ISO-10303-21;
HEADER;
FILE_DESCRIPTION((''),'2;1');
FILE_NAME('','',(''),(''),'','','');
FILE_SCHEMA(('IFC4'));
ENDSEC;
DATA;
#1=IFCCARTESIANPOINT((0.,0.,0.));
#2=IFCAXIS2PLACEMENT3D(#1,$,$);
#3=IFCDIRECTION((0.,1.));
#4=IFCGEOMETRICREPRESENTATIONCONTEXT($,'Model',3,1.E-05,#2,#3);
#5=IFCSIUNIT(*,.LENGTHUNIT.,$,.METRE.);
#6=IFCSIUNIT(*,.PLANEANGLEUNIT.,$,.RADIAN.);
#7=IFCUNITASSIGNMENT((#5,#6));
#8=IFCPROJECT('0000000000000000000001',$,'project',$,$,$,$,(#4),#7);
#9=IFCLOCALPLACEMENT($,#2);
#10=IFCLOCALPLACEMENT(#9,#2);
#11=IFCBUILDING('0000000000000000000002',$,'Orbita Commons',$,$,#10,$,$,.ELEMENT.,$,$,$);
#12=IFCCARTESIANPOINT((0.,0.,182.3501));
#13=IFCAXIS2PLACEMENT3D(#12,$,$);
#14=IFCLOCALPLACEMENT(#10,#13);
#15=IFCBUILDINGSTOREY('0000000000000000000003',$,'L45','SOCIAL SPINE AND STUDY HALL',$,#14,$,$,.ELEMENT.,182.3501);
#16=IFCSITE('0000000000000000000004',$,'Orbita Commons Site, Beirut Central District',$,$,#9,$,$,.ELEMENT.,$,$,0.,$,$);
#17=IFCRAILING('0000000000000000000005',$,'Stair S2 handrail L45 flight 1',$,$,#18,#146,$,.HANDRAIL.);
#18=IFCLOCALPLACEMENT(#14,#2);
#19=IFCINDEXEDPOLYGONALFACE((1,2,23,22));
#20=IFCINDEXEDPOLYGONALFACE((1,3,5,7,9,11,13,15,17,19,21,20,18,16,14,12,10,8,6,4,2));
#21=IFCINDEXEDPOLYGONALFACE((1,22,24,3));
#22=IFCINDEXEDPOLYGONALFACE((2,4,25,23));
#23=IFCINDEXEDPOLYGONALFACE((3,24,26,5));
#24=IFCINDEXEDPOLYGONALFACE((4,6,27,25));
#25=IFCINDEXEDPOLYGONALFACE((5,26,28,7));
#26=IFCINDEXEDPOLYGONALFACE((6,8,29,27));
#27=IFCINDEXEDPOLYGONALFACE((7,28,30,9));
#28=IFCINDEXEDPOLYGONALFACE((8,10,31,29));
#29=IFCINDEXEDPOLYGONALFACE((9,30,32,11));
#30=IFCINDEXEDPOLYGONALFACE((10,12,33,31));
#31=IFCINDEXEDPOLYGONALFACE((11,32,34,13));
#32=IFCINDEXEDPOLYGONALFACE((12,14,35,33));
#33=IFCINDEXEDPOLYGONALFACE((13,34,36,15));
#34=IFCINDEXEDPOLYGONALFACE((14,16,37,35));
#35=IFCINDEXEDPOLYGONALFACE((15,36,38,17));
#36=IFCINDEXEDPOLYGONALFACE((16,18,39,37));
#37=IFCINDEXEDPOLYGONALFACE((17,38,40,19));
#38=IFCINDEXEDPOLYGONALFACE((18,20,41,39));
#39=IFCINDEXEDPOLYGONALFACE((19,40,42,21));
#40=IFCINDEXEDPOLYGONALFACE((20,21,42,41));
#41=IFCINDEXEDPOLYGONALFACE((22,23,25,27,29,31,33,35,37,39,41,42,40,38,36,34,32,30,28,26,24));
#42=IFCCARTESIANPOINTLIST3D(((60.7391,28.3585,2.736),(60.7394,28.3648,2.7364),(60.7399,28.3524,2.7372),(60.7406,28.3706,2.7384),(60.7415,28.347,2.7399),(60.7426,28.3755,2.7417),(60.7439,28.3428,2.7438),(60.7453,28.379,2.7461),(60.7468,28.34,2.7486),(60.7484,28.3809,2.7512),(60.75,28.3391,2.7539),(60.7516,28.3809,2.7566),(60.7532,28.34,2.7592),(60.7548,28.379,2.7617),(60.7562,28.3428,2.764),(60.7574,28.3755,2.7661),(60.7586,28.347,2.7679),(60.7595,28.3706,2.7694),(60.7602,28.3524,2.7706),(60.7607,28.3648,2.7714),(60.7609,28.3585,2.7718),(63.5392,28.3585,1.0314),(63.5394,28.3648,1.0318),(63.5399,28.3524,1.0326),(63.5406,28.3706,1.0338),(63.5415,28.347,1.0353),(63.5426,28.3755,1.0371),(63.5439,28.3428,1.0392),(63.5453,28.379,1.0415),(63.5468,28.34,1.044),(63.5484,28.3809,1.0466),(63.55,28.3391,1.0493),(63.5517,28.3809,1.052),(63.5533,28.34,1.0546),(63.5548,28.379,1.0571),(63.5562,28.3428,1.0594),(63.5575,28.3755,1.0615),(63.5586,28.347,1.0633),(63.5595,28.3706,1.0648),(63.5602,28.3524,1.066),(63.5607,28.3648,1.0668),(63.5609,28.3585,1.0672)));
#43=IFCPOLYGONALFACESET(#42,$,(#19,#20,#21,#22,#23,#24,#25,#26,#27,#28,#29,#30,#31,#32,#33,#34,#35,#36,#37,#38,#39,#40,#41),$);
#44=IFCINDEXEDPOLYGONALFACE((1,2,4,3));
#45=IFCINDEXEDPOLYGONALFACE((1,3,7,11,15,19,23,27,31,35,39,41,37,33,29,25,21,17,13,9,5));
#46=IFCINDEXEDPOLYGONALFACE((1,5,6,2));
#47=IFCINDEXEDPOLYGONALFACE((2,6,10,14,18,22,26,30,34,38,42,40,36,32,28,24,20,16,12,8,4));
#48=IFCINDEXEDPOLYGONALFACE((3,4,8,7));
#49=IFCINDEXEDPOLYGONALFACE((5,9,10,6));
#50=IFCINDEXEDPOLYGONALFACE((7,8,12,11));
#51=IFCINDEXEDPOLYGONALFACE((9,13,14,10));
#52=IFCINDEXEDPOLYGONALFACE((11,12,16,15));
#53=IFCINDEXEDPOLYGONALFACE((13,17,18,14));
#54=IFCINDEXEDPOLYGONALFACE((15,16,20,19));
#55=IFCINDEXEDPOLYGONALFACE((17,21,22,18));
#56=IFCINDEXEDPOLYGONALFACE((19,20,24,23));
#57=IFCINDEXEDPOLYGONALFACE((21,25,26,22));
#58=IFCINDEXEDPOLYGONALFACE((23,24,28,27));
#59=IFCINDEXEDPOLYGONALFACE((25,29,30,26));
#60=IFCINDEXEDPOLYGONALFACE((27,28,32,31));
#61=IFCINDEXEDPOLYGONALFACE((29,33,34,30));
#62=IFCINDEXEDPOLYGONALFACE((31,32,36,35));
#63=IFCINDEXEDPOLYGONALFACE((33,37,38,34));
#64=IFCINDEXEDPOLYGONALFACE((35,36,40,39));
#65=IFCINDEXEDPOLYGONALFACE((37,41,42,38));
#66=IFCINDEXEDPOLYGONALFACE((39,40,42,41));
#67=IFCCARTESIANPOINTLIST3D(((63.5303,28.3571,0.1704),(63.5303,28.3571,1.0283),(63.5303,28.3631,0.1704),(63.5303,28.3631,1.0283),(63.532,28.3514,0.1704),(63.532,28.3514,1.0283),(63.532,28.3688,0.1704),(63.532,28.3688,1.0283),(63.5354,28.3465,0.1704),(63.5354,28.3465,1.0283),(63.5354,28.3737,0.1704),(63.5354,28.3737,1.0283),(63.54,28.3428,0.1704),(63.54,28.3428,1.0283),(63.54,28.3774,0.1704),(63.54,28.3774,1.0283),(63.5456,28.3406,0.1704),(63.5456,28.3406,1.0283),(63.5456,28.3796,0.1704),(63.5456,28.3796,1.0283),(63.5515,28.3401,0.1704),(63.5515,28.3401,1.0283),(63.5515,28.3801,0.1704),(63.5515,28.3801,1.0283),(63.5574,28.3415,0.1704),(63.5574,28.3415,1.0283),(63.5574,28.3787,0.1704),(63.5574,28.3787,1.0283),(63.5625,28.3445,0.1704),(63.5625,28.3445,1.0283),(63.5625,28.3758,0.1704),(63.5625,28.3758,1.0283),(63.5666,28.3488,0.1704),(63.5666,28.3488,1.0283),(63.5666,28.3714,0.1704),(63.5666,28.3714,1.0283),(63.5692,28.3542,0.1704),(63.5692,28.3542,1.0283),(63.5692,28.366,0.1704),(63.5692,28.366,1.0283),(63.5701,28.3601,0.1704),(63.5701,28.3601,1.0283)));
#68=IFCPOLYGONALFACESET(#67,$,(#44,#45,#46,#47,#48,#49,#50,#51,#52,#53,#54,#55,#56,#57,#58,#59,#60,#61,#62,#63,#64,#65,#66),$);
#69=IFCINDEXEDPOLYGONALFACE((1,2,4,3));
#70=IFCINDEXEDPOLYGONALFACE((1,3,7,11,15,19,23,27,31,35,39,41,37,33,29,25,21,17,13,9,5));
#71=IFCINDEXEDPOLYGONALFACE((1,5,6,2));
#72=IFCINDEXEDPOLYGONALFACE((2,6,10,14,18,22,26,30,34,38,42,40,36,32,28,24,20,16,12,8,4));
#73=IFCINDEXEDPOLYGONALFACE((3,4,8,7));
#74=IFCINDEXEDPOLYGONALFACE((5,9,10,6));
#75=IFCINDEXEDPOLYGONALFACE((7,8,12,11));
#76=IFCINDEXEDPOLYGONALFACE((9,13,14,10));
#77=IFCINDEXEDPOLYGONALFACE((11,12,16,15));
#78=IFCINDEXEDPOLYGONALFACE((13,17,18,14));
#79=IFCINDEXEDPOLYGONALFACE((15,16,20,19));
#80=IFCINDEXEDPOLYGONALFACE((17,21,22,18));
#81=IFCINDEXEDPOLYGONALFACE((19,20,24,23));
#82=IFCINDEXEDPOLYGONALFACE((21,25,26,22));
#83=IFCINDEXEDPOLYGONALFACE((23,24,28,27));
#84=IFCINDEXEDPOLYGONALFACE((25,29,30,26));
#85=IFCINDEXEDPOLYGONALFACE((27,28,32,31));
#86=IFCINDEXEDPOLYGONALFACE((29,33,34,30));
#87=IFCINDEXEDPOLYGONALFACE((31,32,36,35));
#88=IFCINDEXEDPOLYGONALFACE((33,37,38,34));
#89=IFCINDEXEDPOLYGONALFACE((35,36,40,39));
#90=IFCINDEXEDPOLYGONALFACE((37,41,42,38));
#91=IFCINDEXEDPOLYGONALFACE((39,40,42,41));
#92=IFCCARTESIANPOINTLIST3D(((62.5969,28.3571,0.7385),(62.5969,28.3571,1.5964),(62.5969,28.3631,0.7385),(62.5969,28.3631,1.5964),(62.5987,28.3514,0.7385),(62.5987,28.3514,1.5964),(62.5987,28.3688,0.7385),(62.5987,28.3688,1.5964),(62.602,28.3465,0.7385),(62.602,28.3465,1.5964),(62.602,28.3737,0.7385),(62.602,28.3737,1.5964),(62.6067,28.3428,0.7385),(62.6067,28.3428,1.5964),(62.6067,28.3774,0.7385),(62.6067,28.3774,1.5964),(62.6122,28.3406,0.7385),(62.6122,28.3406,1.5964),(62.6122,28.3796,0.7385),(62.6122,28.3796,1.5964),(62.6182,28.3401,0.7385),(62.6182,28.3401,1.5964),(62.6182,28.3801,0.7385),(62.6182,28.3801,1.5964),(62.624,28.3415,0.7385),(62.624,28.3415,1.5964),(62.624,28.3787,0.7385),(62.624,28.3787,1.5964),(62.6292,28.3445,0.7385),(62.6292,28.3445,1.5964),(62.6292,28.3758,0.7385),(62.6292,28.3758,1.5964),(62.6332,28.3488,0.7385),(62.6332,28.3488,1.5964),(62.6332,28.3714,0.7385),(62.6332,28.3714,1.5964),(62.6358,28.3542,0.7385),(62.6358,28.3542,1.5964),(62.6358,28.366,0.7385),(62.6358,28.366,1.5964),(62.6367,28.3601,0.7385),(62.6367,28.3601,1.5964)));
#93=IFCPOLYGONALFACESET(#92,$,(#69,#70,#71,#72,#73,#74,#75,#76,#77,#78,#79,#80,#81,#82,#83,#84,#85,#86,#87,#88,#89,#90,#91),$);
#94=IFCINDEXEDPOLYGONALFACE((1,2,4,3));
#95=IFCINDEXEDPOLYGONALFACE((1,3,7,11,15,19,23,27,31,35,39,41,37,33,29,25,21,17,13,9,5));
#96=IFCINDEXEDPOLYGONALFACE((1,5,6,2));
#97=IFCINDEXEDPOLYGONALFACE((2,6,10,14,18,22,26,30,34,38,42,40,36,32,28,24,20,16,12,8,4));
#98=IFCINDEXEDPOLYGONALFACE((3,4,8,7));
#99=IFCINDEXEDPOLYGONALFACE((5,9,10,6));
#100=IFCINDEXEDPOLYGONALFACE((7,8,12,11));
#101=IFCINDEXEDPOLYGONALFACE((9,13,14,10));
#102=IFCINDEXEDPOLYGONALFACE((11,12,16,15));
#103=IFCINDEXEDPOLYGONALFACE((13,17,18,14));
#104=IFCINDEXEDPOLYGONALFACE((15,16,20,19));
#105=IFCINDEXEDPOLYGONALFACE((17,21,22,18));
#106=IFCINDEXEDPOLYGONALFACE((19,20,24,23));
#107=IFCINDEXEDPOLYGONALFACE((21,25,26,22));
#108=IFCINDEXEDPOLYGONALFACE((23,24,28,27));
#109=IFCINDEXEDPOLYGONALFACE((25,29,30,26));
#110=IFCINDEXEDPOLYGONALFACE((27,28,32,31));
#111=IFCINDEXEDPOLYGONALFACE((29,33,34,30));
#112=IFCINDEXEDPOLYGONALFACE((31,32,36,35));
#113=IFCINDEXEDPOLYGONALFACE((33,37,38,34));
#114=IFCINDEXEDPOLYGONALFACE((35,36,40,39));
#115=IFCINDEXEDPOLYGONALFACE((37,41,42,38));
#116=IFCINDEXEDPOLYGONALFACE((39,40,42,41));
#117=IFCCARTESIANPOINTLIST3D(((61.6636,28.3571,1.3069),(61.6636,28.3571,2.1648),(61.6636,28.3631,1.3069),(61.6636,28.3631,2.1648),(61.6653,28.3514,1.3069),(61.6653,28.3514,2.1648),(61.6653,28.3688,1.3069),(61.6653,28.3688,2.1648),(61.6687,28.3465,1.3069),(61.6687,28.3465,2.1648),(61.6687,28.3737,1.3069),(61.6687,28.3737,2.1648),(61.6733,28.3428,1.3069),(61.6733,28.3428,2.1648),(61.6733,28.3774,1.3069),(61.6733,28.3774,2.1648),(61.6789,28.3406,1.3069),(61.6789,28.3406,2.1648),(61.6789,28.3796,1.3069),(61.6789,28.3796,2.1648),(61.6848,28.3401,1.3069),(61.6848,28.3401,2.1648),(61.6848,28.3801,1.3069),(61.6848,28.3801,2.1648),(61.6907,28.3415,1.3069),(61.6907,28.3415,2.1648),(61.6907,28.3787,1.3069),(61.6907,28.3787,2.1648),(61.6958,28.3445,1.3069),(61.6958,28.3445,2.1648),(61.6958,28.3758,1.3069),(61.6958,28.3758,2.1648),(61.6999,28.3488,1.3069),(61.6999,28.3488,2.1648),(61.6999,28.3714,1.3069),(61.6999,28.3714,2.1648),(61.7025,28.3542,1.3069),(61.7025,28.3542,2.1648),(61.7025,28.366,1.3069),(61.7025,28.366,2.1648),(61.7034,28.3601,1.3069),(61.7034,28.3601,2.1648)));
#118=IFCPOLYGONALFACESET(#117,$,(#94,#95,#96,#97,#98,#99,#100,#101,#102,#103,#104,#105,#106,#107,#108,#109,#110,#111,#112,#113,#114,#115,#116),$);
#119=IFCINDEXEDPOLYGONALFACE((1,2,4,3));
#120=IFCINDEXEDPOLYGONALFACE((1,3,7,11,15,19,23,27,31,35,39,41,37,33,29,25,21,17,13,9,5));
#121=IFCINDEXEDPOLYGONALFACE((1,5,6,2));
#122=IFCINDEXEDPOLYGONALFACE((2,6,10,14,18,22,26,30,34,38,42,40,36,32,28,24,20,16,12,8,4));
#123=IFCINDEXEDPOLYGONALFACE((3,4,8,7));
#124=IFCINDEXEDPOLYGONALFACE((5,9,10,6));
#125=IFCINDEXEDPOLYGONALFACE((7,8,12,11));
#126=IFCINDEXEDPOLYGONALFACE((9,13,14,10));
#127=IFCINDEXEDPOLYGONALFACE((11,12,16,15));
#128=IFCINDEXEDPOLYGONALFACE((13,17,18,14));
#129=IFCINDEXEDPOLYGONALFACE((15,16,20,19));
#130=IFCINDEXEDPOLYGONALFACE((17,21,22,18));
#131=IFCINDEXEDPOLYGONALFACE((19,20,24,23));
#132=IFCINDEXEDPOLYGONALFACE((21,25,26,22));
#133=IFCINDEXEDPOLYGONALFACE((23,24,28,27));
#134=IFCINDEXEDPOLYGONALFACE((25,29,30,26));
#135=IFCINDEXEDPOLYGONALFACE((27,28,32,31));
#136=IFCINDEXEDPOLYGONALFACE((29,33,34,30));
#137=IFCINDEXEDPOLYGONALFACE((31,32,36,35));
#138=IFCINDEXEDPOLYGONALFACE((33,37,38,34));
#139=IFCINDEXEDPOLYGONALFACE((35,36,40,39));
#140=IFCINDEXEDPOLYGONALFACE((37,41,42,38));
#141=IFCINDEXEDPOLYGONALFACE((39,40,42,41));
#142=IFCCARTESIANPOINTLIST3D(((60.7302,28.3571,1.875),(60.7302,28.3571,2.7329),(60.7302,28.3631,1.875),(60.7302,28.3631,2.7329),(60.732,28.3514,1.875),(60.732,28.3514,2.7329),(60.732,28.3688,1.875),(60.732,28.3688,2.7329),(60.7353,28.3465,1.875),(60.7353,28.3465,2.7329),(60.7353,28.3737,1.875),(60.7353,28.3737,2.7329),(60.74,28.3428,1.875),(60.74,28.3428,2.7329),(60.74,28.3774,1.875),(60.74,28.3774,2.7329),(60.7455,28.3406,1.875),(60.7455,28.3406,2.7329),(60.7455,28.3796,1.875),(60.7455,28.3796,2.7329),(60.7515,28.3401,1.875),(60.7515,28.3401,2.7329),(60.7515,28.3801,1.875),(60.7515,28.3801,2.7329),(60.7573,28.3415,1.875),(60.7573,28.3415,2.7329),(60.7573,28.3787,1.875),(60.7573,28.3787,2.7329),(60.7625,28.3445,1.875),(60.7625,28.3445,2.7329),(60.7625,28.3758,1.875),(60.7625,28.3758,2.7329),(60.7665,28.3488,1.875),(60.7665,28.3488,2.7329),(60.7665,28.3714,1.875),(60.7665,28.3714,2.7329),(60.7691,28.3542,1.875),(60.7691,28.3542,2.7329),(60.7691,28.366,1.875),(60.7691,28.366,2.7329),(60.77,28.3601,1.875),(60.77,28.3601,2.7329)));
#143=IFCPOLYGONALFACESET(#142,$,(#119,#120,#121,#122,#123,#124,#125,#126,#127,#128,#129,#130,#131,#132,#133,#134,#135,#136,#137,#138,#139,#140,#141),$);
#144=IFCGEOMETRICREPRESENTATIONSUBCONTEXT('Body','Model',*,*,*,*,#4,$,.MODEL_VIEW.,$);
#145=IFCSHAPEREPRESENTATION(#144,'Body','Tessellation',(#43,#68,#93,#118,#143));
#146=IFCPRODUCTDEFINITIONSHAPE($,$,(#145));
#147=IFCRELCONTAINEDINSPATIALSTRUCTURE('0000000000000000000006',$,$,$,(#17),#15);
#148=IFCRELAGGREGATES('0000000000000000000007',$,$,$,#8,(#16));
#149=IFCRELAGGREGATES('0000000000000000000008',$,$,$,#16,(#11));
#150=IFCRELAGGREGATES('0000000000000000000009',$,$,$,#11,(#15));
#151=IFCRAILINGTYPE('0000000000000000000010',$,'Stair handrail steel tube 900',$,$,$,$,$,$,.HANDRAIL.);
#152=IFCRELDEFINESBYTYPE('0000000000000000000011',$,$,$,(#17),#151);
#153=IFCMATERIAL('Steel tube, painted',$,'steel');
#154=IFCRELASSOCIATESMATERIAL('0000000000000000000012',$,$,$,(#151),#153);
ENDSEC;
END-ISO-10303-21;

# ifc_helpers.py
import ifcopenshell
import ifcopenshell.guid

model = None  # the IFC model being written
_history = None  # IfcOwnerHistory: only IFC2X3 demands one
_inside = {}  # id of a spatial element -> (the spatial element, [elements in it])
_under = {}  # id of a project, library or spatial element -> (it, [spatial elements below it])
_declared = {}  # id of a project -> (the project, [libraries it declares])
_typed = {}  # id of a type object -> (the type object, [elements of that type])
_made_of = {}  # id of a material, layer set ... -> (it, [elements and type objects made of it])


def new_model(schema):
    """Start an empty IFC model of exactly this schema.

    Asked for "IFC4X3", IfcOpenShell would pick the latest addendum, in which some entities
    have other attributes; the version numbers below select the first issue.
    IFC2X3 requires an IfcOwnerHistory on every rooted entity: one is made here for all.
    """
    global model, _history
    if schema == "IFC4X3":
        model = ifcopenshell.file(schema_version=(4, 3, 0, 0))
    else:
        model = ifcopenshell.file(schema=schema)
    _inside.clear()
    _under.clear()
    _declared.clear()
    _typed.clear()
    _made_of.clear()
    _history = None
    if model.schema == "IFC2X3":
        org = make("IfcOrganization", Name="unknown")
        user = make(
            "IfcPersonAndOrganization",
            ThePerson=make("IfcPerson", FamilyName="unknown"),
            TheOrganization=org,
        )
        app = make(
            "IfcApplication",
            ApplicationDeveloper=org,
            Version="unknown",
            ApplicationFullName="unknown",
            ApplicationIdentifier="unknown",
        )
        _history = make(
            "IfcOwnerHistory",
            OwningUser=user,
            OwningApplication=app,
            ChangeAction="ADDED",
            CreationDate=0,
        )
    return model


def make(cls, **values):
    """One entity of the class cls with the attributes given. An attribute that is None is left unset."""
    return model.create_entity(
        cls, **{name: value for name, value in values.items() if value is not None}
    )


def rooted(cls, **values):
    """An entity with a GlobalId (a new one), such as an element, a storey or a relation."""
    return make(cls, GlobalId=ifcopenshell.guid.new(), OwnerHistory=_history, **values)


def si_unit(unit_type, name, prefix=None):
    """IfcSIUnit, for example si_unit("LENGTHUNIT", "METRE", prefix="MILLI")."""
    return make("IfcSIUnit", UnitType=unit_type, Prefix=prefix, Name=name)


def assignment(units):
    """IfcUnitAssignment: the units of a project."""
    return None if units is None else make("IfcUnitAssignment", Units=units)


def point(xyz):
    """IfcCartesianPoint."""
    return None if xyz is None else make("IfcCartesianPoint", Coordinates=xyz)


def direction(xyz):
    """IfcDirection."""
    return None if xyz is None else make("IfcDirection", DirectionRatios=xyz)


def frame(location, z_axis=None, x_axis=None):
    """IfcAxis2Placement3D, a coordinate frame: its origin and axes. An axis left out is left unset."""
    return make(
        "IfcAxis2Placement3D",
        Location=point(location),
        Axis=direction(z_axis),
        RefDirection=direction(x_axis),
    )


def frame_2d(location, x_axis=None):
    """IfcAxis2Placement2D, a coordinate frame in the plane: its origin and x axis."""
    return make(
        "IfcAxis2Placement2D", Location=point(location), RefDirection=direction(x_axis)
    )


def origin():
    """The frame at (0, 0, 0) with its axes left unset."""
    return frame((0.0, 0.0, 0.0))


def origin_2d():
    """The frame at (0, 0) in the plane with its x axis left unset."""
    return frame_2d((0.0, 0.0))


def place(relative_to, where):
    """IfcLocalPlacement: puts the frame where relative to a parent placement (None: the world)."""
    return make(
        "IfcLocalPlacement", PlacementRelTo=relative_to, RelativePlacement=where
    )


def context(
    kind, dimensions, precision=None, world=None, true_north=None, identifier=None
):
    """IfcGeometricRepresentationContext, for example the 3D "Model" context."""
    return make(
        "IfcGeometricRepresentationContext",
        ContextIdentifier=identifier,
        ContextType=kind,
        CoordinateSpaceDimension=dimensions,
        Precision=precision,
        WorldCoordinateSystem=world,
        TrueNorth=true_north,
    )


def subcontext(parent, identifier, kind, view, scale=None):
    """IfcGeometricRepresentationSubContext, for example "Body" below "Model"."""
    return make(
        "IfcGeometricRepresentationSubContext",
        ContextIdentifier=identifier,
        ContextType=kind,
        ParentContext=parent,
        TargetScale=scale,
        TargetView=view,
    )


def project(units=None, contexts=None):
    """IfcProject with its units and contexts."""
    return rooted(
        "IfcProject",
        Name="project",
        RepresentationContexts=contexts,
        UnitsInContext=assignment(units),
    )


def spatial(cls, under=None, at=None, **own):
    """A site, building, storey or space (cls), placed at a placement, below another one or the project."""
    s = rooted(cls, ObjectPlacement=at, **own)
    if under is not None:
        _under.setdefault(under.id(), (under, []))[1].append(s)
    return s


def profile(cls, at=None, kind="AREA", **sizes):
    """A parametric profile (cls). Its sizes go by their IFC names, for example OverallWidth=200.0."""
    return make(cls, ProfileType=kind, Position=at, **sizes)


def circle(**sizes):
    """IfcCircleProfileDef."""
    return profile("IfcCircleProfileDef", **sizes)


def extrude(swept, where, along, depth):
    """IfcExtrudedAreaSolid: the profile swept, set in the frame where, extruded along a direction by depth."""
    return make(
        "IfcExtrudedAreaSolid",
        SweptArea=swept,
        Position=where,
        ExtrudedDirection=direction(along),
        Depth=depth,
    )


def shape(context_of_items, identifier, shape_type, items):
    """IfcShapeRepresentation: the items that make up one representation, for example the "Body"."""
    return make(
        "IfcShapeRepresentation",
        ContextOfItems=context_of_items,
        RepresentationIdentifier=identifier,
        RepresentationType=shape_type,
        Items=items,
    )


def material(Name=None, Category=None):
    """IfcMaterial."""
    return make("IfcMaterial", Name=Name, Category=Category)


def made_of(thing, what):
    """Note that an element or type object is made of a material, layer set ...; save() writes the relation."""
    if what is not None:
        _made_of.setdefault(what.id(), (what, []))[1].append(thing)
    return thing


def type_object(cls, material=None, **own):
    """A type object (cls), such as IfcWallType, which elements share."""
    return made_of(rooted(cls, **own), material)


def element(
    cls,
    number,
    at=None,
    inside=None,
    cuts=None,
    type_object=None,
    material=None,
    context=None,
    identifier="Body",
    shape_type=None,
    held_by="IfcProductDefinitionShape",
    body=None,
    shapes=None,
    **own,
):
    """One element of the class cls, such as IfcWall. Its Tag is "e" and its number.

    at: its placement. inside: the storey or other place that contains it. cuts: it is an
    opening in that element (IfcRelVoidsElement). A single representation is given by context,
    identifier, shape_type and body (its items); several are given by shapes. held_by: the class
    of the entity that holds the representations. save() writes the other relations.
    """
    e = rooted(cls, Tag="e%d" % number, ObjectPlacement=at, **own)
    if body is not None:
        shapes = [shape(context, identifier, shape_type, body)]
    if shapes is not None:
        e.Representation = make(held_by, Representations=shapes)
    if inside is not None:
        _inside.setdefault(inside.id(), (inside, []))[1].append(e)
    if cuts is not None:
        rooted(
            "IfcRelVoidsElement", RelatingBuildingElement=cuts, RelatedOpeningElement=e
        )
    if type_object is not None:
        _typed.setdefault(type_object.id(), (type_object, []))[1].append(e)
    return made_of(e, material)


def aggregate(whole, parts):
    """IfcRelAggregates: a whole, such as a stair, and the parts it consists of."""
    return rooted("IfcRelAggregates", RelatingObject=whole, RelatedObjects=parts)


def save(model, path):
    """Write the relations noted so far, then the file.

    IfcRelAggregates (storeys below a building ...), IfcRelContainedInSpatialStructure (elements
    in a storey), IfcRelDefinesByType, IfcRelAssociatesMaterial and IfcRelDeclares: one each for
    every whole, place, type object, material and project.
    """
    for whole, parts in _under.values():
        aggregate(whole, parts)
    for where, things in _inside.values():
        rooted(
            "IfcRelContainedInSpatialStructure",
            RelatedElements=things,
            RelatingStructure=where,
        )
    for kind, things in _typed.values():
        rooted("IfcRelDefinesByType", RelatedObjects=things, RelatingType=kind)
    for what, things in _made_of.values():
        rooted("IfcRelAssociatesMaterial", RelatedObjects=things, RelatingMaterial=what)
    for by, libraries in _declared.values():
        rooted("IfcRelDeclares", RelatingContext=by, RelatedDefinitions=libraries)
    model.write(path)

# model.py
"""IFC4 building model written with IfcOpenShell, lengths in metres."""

from ifc_helpers import new_model, si_unit, direction, frame, origin, origin_2d, place, context, subcontext, project, spatial, circle, extrude, material, type_object, element, save


model = new_model("IFC4")

# Units and contexts
model_context = context("Model", 3, precision=1e-05, world=origin(), true_north=direction((0.0, 1.0)))
body_context = subcontext(model_context, "Body", "Model", "MODEL_VIEW")
ifc_project = project(units=[si_unit("LENGTHUNIT", "METRE"), si_unit("PLANEANGLEUNIT", "RADIAN")], contexts=[model_context])

# Site, building, storey
site_placement = place(None, origin())
site = spatial("IfcSite", under=ifc_project, at=site_placement, Name="Orbita Commons Site, Beirut Central District", CompositionType="ELEMENT", RefElevation=0.0)
building_placement = place(site_placement, origin())
building = spatial("IfcBuilding", under=site, at=building_placement, Name="Orbita Commons", CompositionType="ELEMENT")
storey_placement = place(building_placement, frame((0.0, 0.0, 182.3501)))
storey = spatial("IfcBuildingStorey", under=building, at=storey_placement, Name="L45", Description="SOCIAL SPINE AND STUDY HALL", CompositionType="ELEMENT", Elevation=182.3501)

# Railing
ifc_material_1 = material(Name="Steel tube, painted", Category="steel")
railing_type = type_object("IfcRailingType", Name="Stair handrail steel tube 900", PredefinedType="HANDRAIL", material=ifc_material_1)
for number, where, name in (
    (1, (63.55, 28.3601, 0.1704), "Stair S2 handrail L45 flight 1"),
):
    element("IfcRailing", number, at=place(storey_placement, frame(where)), inside=storey, type_object=railing_type, Name=name, PredefinedType="HANDRAIL", context=body_context, shape_type="SweptSolid", body=[
        extrude(circle(Radius=0.021, at=origin_2d()), frame((0.0, 0.0, 0.8789), z_axis=(-0.85417, 0.0, 0.519994), x_axis=(0.0, -1.0, 0.0)), (0.0, 0.0, 1.0), 3.2781),
        extrude(circle(Radius=0.02, at=origin_2d()), origin(), (0.0, 0.0, 1.0), 0.8579),
        extrude(circle(Radius=0.02, at=origin_2d()), frame((-0.9333, 0.0, 0.5681)), (0.0, 0.0, 1.0), 0.8579),
        extrude(circle(Radius=0.02, at=origin_2d()), frame((-1.8667, 0.0, 1.1365)), (0.0, 0.0, 1.0), 0.8579),
        extrude(circle(Radius=0.02, at=origin_2d()), frame((-2.8, 0.0, 1.7046)), (0.0, 0.0, 1.0), 0.8579),
    ])

save(model, "model.ifc")
